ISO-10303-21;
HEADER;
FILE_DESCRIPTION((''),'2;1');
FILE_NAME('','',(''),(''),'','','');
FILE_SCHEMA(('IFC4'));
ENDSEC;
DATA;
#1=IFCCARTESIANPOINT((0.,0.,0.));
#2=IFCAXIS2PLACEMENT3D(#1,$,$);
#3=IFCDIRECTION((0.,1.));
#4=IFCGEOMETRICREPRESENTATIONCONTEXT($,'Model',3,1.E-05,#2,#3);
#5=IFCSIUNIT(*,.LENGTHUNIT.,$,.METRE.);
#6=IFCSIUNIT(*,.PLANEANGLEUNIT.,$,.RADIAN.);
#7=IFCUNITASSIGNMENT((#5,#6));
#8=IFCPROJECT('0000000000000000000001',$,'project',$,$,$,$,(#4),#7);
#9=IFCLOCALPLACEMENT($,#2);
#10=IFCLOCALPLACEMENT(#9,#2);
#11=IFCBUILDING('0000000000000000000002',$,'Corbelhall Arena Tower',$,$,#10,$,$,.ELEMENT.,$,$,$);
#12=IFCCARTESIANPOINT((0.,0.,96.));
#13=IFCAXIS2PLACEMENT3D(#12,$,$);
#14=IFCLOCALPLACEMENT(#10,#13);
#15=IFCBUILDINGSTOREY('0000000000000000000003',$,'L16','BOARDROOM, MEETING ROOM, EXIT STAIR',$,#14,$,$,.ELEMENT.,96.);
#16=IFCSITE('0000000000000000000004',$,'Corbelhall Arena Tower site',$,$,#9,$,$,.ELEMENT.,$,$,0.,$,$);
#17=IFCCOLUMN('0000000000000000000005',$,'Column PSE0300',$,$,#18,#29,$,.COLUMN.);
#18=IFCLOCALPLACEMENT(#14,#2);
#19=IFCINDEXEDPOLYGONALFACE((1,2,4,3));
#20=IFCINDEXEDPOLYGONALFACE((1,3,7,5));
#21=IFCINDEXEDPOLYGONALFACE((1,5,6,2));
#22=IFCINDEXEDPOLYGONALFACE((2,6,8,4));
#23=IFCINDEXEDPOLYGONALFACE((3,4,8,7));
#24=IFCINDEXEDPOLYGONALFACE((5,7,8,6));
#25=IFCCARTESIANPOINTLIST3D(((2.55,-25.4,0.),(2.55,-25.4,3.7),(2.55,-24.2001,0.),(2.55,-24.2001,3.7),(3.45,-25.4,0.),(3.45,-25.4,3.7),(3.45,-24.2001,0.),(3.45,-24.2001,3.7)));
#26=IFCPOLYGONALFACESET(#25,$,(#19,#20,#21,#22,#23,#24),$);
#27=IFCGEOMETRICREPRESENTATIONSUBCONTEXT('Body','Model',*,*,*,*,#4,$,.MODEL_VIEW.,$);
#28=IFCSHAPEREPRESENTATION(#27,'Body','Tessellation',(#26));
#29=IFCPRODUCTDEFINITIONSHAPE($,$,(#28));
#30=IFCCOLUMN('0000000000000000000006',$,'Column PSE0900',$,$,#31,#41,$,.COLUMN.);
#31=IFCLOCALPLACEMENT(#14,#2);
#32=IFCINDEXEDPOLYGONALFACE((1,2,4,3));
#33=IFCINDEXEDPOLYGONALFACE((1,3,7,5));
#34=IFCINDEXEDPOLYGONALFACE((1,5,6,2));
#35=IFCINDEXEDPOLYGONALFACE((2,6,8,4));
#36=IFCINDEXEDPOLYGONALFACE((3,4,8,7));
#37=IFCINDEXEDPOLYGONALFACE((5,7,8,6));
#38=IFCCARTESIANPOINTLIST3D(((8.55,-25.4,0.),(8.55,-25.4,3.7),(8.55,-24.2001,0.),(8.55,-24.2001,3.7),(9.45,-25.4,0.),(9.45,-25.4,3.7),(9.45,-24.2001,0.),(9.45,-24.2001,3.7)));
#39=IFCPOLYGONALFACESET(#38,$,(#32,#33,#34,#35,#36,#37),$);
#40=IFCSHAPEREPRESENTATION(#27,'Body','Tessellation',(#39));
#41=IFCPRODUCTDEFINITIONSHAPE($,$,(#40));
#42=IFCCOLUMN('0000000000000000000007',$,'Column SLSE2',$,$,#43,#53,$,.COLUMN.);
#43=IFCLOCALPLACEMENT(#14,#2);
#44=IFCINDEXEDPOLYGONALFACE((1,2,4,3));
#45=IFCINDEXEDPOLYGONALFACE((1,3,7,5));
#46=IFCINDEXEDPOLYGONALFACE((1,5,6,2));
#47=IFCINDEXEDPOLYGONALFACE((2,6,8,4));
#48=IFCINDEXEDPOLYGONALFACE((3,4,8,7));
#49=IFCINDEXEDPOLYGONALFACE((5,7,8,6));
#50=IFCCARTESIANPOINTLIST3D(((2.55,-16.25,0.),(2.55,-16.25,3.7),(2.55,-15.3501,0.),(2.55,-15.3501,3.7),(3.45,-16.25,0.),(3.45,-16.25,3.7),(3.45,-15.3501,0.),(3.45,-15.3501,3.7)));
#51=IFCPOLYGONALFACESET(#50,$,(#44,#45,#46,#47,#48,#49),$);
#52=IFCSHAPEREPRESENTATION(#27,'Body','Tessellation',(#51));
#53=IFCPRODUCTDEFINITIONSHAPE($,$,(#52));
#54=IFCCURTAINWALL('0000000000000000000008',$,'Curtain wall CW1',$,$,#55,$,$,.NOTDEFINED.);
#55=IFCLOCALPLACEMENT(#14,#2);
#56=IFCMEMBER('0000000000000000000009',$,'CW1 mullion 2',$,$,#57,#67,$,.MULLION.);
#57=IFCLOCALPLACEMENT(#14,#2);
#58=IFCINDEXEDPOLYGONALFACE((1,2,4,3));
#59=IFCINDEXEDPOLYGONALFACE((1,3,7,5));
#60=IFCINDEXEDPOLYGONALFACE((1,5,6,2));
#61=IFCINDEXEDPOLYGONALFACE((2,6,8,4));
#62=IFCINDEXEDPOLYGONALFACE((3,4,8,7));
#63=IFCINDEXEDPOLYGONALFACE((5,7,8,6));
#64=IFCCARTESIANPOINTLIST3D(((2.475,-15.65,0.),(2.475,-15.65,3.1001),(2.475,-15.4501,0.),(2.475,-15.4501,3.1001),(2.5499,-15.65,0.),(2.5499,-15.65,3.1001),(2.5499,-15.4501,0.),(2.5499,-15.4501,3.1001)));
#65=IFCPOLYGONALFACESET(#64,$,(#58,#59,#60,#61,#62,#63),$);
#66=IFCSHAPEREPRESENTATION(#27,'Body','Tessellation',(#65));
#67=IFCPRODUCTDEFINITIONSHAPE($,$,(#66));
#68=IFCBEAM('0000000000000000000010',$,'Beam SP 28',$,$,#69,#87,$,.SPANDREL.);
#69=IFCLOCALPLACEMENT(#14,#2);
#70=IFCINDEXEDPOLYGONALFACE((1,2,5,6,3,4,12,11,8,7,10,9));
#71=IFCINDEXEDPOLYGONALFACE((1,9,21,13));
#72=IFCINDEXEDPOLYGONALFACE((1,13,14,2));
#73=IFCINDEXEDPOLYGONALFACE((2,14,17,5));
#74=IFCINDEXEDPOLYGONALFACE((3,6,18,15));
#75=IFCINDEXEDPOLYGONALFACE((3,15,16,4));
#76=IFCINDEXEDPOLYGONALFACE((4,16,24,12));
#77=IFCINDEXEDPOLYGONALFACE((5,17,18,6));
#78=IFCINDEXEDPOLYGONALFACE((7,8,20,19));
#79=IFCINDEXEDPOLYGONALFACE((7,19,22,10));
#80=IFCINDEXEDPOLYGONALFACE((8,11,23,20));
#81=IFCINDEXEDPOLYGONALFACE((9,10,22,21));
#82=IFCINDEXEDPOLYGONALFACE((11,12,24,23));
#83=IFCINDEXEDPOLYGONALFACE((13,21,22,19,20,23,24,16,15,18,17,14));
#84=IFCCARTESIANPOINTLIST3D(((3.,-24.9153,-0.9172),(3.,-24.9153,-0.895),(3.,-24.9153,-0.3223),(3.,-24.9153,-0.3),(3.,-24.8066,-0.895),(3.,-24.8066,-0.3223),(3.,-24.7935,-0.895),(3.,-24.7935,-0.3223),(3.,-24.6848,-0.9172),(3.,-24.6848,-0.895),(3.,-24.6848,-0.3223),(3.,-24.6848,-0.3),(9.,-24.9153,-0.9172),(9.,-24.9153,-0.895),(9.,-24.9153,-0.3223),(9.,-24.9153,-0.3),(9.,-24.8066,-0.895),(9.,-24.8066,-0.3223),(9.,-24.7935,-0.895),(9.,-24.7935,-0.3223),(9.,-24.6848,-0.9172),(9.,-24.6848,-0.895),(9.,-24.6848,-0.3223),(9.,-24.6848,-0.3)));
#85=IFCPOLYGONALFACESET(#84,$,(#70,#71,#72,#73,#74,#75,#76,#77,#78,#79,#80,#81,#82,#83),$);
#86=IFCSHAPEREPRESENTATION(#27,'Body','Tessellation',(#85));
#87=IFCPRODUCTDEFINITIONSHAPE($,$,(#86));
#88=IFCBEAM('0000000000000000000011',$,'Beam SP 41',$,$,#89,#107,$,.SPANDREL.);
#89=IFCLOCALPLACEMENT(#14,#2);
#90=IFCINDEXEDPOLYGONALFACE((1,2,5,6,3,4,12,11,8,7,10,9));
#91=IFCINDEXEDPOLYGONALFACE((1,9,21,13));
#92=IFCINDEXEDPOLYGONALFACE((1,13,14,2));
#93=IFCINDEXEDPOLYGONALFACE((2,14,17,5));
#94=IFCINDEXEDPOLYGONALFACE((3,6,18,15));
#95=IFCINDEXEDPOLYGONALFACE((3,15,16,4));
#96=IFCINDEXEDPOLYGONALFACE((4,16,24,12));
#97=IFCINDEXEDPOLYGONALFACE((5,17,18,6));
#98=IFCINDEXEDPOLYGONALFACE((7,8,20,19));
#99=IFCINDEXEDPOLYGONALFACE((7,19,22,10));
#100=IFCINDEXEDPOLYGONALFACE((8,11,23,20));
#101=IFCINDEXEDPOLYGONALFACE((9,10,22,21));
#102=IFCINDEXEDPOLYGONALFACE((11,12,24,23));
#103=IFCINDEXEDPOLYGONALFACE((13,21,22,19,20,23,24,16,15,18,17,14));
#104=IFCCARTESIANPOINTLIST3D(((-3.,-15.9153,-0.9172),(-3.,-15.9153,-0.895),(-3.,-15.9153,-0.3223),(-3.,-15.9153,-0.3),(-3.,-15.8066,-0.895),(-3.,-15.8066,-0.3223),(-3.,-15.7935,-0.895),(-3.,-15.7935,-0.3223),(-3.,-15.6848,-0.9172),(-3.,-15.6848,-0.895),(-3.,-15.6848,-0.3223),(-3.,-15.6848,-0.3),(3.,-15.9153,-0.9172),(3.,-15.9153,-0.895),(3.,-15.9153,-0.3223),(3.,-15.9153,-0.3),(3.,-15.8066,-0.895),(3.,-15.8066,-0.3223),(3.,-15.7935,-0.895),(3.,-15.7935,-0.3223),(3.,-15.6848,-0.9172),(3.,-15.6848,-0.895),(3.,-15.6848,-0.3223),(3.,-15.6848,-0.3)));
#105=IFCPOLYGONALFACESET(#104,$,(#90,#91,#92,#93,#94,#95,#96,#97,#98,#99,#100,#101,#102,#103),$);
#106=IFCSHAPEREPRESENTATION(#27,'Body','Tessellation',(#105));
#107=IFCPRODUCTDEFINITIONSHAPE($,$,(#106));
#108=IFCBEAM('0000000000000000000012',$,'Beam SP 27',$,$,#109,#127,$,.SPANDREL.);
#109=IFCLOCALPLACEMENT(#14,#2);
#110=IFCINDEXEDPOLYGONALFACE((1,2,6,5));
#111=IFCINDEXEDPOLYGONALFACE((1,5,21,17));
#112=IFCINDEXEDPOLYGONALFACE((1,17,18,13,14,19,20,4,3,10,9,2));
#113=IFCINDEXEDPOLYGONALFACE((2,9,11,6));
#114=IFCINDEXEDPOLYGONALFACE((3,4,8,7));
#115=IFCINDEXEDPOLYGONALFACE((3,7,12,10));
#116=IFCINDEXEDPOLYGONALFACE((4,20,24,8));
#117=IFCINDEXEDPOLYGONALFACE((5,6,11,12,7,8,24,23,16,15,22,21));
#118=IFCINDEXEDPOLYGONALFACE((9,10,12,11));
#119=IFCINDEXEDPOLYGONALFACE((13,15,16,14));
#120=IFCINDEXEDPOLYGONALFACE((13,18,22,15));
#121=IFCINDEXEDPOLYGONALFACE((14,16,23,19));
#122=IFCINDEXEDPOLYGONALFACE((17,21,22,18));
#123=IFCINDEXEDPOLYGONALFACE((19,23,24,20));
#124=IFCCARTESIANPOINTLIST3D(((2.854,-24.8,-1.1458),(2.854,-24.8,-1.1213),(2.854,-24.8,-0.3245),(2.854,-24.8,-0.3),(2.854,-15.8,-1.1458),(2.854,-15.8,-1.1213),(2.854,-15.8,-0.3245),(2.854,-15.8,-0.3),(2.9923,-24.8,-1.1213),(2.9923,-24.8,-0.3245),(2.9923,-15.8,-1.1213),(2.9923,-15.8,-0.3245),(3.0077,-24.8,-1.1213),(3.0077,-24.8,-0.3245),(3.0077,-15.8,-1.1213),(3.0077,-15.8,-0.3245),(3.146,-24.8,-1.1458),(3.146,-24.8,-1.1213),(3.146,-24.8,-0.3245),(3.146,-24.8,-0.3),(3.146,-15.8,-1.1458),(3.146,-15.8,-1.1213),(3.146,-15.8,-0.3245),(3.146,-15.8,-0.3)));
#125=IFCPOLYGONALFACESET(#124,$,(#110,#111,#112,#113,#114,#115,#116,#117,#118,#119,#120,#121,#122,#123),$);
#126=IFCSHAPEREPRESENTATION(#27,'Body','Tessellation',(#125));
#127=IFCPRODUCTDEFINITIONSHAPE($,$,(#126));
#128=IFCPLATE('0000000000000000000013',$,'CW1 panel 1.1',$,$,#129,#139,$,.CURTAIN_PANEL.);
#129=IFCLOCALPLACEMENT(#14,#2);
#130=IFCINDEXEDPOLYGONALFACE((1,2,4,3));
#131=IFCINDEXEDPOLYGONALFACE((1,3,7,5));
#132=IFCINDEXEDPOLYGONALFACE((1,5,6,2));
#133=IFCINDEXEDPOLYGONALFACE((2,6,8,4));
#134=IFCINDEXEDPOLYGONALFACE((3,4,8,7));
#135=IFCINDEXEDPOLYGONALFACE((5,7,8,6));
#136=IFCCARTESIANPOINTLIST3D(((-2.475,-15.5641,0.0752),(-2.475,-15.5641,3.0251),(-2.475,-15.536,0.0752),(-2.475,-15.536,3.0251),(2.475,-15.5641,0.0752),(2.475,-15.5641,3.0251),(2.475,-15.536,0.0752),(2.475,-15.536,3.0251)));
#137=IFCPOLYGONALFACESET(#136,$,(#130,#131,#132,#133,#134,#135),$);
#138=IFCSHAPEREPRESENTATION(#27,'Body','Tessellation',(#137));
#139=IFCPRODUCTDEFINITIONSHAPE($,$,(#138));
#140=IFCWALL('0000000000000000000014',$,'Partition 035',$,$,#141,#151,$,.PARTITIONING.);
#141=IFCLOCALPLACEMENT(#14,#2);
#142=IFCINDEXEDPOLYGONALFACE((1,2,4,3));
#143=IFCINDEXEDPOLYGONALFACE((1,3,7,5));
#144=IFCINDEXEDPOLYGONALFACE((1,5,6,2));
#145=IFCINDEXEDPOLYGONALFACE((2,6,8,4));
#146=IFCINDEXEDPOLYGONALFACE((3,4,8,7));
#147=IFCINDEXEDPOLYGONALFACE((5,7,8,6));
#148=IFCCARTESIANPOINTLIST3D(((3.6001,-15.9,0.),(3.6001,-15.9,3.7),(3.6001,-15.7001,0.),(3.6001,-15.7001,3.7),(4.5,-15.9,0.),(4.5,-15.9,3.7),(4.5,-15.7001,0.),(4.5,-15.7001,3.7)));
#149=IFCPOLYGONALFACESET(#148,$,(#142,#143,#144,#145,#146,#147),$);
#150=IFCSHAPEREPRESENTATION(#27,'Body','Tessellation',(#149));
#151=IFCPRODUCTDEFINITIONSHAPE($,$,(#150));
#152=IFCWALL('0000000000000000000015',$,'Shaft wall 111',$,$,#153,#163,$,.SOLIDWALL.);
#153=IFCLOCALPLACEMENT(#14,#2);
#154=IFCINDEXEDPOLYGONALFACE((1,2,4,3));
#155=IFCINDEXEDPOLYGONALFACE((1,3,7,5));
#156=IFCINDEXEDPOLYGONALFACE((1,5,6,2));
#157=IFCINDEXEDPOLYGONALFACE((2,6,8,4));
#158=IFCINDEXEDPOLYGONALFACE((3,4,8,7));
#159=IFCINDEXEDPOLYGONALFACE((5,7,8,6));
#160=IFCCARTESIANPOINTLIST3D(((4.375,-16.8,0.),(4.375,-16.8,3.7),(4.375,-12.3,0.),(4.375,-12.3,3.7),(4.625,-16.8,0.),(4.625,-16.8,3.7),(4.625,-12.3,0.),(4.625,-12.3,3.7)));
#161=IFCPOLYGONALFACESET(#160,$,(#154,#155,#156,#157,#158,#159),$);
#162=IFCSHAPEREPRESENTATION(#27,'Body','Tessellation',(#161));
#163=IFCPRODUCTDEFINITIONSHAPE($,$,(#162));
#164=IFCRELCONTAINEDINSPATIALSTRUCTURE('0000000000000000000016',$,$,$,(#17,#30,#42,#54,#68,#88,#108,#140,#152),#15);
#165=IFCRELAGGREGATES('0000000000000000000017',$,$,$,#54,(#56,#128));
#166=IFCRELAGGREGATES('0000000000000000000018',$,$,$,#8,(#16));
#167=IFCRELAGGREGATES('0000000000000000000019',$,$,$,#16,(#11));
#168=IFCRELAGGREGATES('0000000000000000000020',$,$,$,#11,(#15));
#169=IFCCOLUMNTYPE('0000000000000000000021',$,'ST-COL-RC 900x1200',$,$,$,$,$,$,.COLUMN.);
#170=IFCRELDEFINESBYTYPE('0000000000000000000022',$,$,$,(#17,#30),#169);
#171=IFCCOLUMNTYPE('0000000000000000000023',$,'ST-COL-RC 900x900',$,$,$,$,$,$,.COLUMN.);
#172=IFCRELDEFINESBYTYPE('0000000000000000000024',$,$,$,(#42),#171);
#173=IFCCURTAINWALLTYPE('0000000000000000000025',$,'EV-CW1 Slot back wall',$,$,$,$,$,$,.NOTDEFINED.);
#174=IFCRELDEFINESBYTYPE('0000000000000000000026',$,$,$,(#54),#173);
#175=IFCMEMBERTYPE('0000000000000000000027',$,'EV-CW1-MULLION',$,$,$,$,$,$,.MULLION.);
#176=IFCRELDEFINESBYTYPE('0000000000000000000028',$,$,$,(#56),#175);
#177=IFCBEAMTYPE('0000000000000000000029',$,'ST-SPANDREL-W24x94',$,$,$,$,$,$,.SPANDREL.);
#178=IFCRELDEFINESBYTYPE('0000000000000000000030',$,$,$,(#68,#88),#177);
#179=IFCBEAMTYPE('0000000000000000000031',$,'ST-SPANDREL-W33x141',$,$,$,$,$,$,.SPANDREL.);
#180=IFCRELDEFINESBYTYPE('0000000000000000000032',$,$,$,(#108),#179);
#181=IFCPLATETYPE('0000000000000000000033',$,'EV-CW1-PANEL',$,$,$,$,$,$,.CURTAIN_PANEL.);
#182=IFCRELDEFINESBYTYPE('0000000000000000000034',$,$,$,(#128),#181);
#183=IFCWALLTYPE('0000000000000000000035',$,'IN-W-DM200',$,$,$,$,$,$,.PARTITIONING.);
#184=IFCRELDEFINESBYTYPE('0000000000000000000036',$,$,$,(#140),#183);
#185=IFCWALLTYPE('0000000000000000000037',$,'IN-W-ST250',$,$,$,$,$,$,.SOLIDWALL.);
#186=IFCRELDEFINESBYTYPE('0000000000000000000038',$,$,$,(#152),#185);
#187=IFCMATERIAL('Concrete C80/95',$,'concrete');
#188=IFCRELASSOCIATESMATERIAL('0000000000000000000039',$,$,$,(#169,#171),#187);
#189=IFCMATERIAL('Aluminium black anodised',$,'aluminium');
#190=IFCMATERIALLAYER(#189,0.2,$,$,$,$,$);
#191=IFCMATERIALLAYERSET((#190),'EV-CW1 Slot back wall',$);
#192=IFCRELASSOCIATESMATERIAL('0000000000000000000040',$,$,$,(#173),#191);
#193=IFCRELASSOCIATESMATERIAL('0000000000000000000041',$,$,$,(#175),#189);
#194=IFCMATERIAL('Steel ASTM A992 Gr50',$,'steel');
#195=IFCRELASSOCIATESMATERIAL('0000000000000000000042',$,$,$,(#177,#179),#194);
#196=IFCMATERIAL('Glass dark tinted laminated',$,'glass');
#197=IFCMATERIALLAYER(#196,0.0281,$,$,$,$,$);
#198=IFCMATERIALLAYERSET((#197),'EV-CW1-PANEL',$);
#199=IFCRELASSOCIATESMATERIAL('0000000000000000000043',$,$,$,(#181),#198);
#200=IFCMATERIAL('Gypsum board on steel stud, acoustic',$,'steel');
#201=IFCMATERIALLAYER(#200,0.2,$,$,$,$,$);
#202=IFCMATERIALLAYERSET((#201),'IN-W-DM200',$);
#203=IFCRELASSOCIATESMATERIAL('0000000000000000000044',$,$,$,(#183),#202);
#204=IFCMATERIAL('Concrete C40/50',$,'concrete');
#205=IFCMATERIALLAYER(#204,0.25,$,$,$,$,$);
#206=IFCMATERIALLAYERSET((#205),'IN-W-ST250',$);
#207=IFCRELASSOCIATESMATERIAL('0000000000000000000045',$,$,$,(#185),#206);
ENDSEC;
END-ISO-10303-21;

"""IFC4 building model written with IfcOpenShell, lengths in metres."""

from ifc_helpers import new_model, si_unit, direction, frame, frame_2d, origin, origin_2d, place, context, subcontext, project, spatial, rectangle, i_section, extrude, material, layer, layer_set, material_profile, profile_set, type_object, element, aggregate, save


model = new_model("IFC4")

# Units and contexts
model_context = context("Model", 3, precision=1e-05, world=origin(), true_north=direction((0.0, 1.0)))
body_context = subcontext(model_context, "Body", "Model", "MODEL_VIEW")
ifc_project = project(units=[si_unit("LENGTHUNIT", "METRE"), si_unit("PLANEANGLEUNIT", "RADIAN")], contexts=[model_context])

# Site, building, storey
site_placement = place(None, origin())
site = spatial("IfcSite", under=ifc_project, at=site_placement, Name="Corbelhall Arena Tower site", CompositionType="ELEMENT", RefElevation=0.0)
building_placement = place(site_placement, origin())
building = spatial("IfcBuilding", under=site, at=building_placement, Name="Corbelhall Arena Tower", CompositionType="ELEMENT")
storey_placement = place(building_placement, frame((0.0, 0.0, 96.0)))
storey = spatial("IfcBuildingStorey", under=building, at=storey_placement, Name="L16", Description="BOARDROOM, MEETING ROOM, EXIT STAIR", CompositionType="ELEMENT", Elevation=96.0)

# Columns
ifc_material_1 = material(Name="Concrete C80/95", Category="concrete")
ifc_material_profile_1 = material_profile(ifc_material_1, rectangle(XDim=0.8999, YDim=1.2, at=origin_2d()))
ifc_profile_set_1 = profile_set([ifc_material_profile_1], Name="Concrete C80/95")
column_type_1 = type_object("IfcColumnType", Name="ST-COL-RC 900x1200", PredefinedType="COLUMN", material=ifc_profile_set_1)
for number, where, z_axis, x_axis, name in (
    (1, (3.0, -24.8, 0.0), (0.0, 0.0, 1.0), (1.0, 0.0, 0.0), "Column PSE0300"),
    (2, (9.0, -24.8, 0.0), (0.0, 0.0, 1.0), (1.0, 0.0, 0.0), "Column PSE0900"),
):
    element("IfcColumn", number, at=place(storey_placement, frame(where, z_axis=z_axis, x_axis=x_axis)), inside=storey, type_object=column_type_1, Name=name, PredefinedType="COLUMN", context=body_context, shape_type="SweptSolid", body=[
        extrude(rectangle(XDim=0.8999, YDim=1.2, at=origin_2d()), origin(), (0.0, 0.0, 1.0), 3.7),
    ])
ifc_material_profile_2 = material_profile(ifc_material_1, rectangle(XDim=0.8999, YDim=0.8999, at=origin_2d()))
ifc_profile_set_2 = profile_set([ifc_material_profile_2], Name="Concrete C80/95")
column_type_2 = type_object("IfcColumnType", Name="ST-COL-RC 900x900", PredefinedType="COLUMN", material=ifc_profile_set_2)
column_placement = place(storey_placement, frame((3.0, -15.8, 0.0), z_axis=(0.0, 0.0, 1.0), x_axis=(1.0, 0.0, 0.0)))
element("IfcColumn", 3, at=column_placement, inside=storey, type_object=column_type_2, Name="Column SLSE2", PredefinedType="COLUMN", context=body_context, shape_type="SweptSolid", body=[
    extrude(rectangle(XDim=0.8999, YDim=0.8999, at=origin_2d()), origin(), (0.0, 0.0, 1.0), 3.7),
])

# Curtain wall, member
ifc_material_2 = material(Name="Aluminium black anodised", Category="aluminium")
ifc_layer_1 = layer(ifc_material_2, 0.2)
ifc_layer_set_1 = layer_set([ifc_layer_1], Name="EV-CW1 Slot back wall")
curtain_wall_type = type_object("IfcCurtainWallType", Name="EV-CW1 Slot back wall", PredefinedType="NOTDEFINED", material=ifc_layer_set_1)
curtain_wall_placement = place(storey_placement, origin())
curtain_wall = element("IfcCurtainWall", 4, at=curtain_wall_placement, inside=storey, type_object=curtain_wall_type, Name="Curtain wall CW1", PredefinedType="NOTDEFINED")
ifc_material_profile_3 = material_profile(ifc_material_2, rectangle(XDim=0.2, YDim=0.075, at=origin_2d()))
ifc_profile_set_3 = profile_set([ifc_material_profile_3], Name="Aluminium black anodised")
member_type = type_object("IfcMemberType", Name="EV-CW1-MULLION", PredefinedType="MULLION", material=ifc_profile_set_3)
member_placement = place(storey_placement, frame((2.5125, -15.55, 0.0), z_axis=(0.0, 0.0, 1.0), x_axis=(0.0, 1.0, 0.0)))
member = element("IfcMember", 5, at=member_placement, type_object=member_type, Name="CW1 mullion 2", PredefinedType="MULLION", context=body_context, shape_type="SweptSolid", body=[
    extrude(rectangle(XDim=0.2, YDim=0.075, at=origin_2d()), origin(), (0.0, 0.0, 1.0), 3.1001),
])

# Beams
ifc_material_3 = material(Name="Steel ASTM A992 Gr50", Category="steel")
ifc_material_profile_4 = material_profile(ifc_material_3, i_section(OverallWidth=0.2305, OverallDepth=0.6172, WebThickness=0.0132, FlangeThickness=0.0222, at=origin_2d()))
ifc_profile_set_4 = profile_set([ifc_material_profile_4], Name="Steel ASTM A992 Gr50")
beam_type_1 = type_object("IfcBeamType", Name="ST-SPANDREL-W24x94", PredefinedType="SPANDREL", material=ifc_profile_set_4)
for number, where, z_axis, x_axis, name in (
    (6, (9.0, -24.8, -0.6086), (-1.0, 0.0, 0.0), (0.0, -1.0, 0.0), "Beam SP 28"),
    (7, (3.0, -15.8, -0.6086), (-1.0, 0.0, 0.0), (0.0, -1.0, 0.0), "Beam SP 41"),
):
    element("IfcBeam", number, at=place(storey_placement, frame(where, z_axis=z_axis, x_axis=x_axis)), inside=storey, type_object=beam_type_1, Name=name, PredefinedType="SPANDREL", context=body_context, shape_type="SweptSolid", body=[
        extrude(i_section(OverallWidth=0.2305, OverallDepth=0.6172, WebThickness=0.0132, FlangeThickness=0.0222, at=origin_2d()), origin(), (0.0, 0.0, 1.0), 6.0),
    ])
ifc_material_profile_5 = material_profile(ifc_material_3, i_section(OverallWidth=0.292, OverallDepth=0.8457, WebThickness=0.0154, FlangeThickness=0.0244, at=origin_2d()))
ifc_profile_set_5 = profile_set([ifc_material_profile_5], Name="Steel ASTM A992 Gr50")
beam_type_2 = type_object("IfcBeamType", Name="ST-SPANDREL-W33x141", PredefinedType="SPANDREL", material=ifc_profile_set_5)
beam_placement = place(storey_placement, frame((3.0, -24.8, -0.7229), z_axis=(0.0, 1.0, 0.0), x_axis=(-1.0, 0.0, 0.0)))
element("IfcBeam", 8, at=beam_placement, inside=storey, type_object=beam_type_2, Name="Beam SP 27", PredefinedType="SPANDREL", context=body_context, shape_type="SweptSolid", body=[
    extrude(i_section(OverallWidth=0.292, OverallDepth=0.8457, WebThickness=0.0154, FlangeThickness=0.0244, at=origin_2d()), origin(), (0.0, 0.0, 1.0), 9.0),
])

# Plate
ifc_material_4 = material(Name="Glass dark tinted laminated", Category="glass")
ifc_layer_2 = layer(ifc_material_4, 0.0281)
ifc_layer_set_2 = layer_set([ifc_layer_2], Name="EV-CW1-PANEL")
plate_type = type_object("IfcPlateType", Name="EV-CW1-PANEL", PredefinedType="CURTAIN_PANEL", material=ifc_layer_set_2)
plate_placement = place(storey_placement, frame((0.0, -15.55, 0.0752), z_axis=(0.0, 0.0, 1.0), x_axis=(1.0, 0.0, 0.0)))
plate = element("IfcPlate", 9, at=plate_placement, type_object=plate_type, Name="CW1 panel 1.1", PredefinedType="CURTAIN_PANEL", context=body_context, shape_type="SweptSolid", body=[
    extrude(rectangle(XDim=4.95, YDim=0.0281, at=origin_2d()), origin(), (0.0, 0.0, 1.0), 2.95),
])
aggregate(curtain_wall, [member, plate])

# Walls
ifc_material_5 = material(Name="Gypsum board on steel stud, acoustic", Category="steel")
ifc_layer_3 = layer(ifc_material_5, 0.2)
ifc_layer_set_3 = layer_set([ifc_layer_3], Name="IN-W-DM200")
wall_type_1 = type_object("IfcWallType", Name="IN-W-DM200", PredefinedType="PARTITIONING", material=ifc_layer_set_3)
wall_1_placement = place(storey_placement, frame((4.5, -15.8, 0.0), z_axis=(0.0, 0.0, 1.0), x_axis=(-1.0, 0.0, 0.0)))
element("IfcWall", 10, at=wall_1_placement, inside=storey, type_object=wall_type_1, Name="Partition 035", PredefinedType="PARTITIONING", context=body_context, shape_type="SweptSolid", body=[
    extrude(rectangle(XDim=0.8999, YDim=0.2, at=frame_2d((0.45, 0.0))), origin(), (0.0, 0.0, 1.0), 3.7),
])
ifc_material_6 = material(Name="Concrete C40/50", Category="concrete")
ifc_layer_4 = layer(ifc_material_6, 0.25)
ifc_layer_set_4 = layer_set([ifc_layer_4], Name="IN-W-ST250")
wall_type_2 = type_object("IfcWallType", Name="IN-W-ST250", PredefinedType="SOLIDWALL", material=ifc_layer_set_4)
wall_2_placement = place(storey_placement, frame((4.5, -16.8, 0.0), z_axis=(0.0, 0.0, 1.0), x_axis=(0.0, 1.0, 0.0)))
element("IfcWall", 11, at=wall_2_placement, inside=storey, type_object=wall_type_2, Name="Shaft wall 111", PredefinedType="SOLIDWALL", context=body_context, shape_type="SweptSolid", body=[
    extrude(rectangle(XDim=4.5, YDim=0.25, at=frame_2d((2.25, 0.0))), origin(), (0.0, 0.0, 1.0), 3.7),
])

save(model, "model.ifc")
